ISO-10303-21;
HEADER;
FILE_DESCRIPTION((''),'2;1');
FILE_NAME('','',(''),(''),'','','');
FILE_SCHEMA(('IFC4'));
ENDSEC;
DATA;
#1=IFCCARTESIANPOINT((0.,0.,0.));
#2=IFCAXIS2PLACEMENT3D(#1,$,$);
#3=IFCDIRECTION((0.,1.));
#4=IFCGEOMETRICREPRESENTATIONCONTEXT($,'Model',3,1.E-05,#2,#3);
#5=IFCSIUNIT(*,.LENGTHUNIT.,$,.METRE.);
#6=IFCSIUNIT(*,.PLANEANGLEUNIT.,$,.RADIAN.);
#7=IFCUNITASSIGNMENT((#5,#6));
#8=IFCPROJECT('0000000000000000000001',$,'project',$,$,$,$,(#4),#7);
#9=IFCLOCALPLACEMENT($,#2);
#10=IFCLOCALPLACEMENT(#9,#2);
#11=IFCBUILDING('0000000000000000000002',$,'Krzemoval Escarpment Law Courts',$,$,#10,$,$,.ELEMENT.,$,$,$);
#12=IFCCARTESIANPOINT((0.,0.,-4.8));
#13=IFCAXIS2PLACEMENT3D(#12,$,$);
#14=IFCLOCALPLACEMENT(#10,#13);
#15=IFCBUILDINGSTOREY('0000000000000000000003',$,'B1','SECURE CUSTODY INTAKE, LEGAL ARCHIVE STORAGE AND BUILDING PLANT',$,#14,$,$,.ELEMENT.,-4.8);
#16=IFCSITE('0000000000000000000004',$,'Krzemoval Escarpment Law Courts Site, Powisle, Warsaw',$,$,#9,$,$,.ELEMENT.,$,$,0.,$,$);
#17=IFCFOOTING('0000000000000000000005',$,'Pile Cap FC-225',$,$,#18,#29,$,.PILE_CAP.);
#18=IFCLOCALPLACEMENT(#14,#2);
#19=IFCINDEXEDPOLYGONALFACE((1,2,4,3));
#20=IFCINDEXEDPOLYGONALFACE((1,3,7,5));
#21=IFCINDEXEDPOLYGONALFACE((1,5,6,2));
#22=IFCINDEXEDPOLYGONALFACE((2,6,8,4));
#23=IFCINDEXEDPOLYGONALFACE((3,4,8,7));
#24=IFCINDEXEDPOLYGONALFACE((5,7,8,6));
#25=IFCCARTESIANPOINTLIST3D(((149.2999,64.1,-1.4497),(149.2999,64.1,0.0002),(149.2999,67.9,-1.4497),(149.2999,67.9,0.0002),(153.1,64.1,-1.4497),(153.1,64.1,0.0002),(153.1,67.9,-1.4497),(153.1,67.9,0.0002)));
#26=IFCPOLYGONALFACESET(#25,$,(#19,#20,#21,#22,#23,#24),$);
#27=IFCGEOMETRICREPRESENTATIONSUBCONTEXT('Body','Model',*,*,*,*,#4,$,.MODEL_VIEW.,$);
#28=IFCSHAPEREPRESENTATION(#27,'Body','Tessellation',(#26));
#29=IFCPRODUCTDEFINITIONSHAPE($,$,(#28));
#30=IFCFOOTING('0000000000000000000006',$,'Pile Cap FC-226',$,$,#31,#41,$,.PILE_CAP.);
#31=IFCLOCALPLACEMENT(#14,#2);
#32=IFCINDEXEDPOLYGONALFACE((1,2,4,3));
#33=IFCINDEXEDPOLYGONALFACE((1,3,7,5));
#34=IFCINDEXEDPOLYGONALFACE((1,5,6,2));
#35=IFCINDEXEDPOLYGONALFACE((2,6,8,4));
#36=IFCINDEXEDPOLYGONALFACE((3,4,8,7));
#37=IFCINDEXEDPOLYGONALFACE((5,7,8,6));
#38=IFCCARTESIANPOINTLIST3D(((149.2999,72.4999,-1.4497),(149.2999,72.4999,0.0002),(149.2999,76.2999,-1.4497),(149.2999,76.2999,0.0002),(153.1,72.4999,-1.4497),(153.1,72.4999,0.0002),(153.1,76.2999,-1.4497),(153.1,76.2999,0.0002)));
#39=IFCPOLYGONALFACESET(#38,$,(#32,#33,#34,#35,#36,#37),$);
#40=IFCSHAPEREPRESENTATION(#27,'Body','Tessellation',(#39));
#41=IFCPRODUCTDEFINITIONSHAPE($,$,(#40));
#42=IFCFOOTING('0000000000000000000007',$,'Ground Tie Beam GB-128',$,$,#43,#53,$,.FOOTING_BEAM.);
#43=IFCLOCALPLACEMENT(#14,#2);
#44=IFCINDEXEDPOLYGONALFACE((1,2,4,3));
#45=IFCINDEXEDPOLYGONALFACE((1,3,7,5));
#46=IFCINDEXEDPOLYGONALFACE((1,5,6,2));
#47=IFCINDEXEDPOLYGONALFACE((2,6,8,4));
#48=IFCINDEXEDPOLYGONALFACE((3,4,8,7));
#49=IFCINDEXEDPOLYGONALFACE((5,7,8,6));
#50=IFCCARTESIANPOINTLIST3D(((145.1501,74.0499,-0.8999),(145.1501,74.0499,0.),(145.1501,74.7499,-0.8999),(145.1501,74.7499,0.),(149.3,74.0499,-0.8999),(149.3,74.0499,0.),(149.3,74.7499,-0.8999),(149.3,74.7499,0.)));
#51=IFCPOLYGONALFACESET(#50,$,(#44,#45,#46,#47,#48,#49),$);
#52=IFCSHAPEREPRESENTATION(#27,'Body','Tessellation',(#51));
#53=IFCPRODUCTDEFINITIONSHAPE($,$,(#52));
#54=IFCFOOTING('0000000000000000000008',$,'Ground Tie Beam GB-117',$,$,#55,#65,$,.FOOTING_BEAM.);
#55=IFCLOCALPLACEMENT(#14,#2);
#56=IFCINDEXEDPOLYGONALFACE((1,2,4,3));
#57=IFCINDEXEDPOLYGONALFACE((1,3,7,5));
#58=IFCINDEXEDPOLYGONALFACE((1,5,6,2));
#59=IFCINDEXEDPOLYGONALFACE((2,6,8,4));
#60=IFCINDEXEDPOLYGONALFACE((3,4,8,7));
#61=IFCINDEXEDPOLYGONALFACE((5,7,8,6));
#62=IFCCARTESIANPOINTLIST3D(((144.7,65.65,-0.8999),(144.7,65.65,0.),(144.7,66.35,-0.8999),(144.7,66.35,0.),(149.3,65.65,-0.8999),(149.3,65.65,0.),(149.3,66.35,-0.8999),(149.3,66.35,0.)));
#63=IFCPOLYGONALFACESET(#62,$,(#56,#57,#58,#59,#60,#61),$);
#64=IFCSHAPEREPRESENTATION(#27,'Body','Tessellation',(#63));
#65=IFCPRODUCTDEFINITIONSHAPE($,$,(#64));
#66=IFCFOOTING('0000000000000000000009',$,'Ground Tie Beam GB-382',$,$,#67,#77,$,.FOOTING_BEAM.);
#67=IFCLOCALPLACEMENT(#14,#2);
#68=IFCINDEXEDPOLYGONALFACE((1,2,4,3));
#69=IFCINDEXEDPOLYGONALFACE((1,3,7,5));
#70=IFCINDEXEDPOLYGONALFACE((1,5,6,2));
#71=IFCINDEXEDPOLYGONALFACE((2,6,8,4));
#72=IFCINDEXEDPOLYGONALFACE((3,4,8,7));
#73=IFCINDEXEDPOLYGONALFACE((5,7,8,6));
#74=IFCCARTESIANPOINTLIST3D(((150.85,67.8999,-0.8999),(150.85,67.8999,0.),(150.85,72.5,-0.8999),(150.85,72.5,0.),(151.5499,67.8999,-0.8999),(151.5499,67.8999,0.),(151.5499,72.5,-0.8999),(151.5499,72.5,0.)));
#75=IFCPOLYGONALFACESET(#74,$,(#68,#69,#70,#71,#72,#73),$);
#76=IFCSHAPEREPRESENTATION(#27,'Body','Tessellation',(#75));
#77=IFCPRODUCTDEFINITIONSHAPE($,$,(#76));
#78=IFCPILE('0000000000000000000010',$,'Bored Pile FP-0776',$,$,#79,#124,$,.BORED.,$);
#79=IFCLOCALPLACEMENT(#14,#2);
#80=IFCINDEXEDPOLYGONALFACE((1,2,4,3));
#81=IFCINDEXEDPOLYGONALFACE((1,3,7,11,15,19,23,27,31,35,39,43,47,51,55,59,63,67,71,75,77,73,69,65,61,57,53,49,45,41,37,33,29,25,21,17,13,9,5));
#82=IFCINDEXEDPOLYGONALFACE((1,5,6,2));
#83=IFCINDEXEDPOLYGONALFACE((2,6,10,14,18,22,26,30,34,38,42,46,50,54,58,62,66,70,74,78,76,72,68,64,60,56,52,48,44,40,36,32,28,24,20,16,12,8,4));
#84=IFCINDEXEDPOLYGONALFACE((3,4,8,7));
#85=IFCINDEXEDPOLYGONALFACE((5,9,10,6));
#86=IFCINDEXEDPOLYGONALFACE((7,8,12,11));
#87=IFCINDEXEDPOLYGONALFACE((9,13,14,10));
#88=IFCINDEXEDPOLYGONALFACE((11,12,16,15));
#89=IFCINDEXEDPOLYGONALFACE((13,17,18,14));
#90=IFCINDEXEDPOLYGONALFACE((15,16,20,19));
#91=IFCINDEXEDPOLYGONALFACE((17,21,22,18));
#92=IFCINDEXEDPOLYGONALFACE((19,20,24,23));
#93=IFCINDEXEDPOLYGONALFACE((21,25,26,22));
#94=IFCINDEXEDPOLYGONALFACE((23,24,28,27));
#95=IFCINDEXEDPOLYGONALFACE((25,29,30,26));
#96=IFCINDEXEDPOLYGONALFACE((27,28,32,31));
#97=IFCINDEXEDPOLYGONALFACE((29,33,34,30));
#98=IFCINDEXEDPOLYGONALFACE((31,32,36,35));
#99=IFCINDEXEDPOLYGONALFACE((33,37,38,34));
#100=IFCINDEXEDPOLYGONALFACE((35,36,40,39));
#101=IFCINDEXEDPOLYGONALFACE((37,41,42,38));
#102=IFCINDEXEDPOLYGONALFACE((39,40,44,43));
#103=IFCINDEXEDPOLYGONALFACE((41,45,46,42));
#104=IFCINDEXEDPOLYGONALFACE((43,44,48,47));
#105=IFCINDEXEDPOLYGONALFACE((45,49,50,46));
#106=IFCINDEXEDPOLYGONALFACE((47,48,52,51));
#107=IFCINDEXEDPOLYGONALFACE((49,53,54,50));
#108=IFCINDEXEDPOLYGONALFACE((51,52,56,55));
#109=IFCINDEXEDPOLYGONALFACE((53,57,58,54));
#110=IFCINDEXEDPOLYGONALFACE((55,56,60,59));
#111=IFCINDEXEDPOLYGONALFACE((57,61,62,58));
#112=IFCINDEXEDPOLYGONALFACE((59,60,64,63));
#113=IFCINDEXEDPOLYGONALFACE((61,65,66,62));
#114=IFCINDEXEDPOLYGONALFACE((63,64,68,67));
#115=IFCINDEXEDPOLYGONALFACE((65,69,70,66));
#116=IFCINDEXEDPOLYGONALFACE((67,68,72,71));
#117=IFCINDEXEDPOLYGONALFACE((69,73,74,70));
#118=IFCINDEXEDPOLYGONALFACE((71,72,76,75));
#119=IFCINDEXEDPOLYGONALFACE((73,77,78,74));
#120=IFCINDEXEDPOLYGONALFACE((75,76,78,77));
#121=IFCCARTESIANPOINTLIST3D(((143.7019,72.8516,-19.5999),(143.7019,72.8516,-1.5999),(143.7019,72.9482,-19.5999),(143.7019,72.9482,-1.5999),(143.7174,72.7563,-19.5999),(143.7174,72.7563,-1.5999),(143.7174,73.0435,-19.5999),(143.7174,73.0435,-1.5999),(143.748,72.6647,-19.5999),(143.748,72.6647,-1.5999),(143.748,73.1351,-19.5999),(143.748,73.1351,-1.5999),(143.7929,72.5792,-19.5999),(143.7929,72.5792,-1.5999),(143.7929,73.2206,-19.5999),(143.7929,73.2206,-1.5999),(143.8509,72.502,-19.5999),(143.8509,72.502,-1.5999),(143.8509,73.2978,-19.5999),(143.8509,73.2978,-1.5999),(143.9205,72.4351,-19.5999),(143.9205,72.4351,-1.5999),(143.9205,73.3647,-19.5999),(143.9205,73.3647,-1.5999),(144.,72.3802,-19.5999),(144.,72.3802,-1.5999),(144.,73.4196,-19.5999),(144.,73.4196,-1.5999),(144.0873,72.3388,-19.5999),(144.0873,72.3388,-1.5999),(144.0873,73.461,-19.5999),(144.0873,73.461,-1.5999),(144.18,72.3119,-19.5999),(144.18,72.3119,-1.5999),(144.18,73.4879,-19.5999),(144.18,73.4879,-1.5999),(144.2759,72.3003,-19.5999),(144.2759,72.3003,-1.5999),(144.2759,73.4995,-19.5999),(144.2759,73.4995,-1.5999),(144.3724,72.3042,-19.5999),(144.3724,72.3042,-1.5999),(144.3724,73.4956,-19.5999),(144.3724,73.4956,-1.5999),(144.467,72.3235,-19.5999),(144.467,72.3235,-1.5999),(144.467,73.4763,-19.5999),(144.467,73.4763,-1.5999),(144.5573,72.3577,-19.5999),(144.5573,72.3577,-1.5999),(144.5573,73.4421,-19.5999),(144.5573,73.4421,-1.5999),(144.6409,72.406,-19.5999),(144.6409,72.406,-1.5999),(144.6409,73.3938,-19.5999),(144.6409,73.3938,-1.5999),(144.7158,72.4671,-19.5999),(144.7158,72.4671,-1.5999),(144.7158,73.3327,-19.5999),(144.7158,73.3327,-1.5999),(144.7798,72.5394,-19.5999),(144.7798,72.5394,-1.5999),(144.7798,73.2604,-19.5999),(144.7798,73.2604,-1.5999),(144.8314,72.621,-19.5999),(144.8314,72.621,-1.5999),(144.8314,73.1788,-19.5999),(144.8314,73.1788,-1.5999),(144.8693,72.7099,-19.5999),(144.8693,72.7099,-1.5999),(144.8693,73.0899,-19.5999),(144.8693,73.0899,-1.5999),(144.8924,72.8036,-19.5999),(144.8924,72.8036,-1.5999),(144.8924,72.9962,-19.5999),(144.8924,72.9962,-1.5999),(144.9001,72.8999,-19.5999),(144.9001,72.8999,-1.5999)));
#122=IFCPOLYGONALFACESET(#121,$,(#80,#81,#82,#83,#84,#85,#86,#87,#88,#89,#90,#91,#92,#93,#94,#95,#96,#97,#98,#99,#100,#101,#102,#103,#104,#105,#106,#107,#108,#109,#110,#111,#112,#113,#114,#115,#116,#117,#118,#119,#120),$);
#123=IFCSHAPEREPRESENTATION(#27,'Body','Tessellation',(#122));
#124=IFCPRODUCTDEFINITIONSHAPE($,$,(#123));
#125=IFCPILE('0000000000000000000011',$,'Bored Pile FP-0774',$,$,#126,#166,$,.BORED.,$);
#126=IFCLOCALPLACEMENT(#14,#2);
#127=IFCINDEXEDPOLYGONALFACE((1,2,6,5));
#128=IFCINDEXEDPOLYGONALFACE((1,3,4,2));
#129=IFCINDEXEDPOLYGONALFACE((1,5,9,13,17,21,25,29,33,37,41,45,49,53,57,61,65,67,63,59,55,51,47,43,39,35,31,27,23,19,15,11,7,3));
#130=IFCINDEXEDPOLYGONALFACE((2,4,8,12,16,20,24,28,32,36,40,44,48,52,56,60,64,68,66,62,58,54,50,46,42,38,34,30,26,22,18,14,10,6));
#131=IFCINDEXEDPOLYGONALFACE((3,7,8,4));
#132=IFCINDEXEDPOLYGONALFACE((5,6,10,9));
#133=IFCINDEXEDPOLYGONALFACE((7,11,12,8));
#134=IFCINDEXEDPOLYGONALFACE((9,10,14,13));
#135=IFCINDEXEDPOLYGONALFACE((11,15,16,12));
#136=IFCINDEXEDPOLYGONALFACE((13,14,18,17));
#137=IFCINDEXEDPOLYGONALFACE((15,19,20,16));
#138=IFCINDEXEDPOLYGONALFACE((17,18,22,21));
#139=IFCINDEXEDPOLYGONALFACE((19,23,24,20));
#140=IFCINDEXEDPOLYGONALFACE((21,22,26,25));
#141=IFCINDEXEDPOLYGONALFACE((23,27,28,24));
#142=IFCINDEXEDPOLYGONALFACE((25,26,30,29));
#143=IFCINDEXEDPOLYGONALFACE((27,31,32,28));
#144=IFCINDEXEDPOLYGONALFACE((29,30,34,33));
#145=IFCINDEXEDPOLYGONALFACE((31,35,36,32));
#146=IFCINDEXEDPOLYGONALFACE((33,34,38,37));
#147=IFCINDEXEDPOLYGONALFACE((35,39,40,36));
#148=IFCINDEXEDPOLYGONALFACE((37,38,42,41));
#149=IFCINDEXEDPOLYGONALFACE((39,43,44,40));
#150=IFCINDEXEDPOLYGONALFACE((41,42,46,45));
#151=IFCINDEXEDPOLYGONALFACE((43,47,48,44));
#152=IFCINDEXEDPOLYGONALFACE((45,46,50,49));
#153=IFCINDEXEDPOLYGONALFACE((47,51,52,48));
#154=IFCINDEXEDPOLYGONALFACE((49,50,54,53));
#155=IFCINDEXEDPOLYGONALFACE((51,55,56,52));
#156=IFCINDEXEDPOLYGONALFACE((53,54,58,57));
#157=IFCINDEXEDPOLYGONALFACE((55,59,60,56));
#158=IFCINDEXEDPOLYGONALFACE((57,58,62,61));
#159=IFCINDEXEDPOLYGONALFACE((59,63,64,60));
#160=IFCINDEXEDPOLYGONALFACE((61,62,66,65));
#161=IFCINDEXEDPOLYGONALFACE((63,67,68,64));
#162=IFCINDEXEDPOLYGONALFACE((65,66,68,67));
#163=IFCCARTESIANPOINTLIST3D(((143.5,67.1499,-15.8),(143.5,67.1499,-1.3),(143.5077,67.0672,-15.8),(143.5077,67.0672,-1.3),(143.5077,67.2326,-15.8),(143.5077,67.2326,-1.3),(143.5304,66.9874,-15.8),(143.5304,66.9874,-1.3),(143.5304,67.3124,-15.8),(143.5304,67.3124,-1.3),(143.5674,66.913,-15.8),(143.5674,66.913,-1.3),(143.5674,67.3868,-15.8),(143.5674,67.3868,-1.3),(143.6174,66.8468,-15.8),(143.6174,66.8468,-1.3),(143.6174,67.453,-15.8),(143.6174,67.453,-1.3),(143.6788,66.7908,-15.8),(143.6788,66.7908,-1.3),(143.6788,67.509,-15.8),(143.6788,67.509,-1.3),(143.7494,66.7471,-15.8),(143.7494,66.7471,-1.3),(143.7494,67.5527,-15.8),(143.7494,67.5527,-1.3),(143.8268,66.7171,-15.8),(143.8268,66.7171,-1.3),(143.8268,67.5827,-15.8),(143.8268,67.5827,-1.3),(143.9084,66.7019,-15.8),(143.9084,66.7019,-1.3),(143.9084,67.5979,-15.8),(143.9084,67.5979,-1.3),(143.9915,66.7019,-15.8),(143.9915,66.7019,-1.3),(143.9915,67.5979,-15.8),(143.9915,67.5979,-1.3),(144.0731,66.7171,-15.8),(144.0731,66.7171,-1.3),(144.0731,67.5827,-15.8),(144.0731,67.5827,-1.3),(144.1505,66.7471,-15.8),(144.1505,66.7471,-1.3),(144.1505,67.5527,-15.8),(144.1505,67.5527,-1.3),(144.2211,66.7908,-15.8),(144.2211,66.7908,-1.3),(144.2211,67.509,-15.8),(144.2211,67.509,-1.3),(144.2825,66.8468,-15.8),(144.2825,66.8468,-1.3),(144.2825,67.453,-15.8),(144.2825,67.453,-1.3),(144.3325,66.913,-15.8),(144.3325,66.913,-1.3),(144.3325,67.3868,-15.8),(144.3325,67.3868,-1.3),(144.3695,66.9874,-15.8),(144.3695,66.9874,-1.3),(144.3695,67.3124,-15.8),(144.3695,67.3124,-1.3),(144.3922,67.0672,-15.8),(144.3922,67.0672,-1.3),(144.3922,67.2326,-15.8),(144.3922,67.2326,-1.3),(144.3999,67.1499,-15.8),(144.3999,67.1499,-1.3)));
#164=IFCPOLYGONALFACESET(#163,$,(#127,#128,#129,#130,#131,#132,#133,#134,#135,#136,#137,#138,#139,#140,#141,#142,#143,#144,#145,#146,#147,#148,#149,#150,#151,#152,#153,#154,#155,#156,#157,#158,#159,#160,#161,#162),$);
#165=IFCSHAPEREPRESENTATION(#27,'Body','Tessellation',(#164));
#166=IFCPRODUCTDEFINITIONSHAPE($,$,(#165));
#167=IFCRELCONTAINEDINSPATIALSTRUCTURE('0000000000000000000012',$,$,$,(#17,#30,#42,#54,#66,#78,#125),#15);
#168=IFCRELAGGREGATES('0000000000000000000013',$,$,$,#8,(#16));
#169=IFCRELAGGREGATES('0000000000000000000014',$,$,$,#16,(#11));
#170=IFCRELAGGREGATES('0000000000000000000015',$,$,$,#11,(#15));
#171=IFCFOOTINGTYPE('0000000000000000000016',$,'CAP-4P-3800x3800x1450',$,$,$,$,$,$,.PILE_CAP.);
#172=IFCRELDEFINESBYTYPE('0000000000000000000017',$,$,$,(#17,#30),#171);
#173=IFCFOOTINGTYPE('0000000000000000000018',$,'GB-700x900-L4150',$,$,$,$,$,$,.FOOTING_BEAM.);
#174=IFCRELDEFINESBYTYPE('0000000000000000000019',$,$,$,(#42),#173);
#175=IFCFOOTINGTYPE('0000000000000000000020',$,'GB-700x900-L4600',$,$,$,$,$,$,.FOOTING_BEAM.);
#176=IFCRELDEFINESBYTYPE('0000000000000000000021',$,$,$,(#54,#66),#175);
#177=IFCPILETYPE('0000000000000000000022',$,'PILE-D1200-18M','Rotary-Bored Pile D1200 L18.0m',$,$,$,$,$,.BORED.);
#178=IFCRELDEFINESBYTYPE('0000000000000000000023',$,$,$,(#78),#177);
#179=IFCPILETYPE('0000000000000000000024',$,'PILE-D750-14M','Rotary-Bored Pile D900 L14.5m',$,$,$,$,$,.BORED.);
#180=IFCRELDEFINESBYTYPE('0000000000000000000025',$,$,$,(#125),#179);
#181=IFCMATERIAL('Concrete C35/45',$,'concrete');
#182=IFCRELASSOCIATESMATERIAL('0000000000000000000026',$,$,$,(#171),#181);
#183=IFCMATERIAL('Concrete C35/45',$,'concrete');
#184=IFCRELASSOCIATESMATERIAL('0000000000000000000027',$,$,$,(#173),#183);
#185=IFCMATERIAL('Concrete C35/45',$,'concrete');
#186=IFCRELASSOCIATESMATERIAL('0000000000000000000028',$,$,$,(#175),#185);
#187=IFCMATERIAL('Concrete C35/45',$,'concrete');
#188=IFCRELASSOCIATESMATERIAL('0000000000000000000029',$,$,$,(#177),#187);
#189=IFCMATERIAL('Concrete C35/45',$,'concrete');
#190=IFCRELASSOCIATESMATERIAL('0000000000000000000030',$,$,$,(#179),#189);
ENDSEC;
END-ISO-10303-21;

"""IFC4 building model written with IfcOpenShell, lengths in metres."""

from ifc_helpers import new_model, si_unit, direction, frame, origin, origin_2d, place, context, subcontext, project, spatial, rectangle, circle, extrude, material, material_profile, profile_set, type_object, element, save


model = new_model("IFC4")

# Units and contexts
model_context = context("Model", 3, precision=1e-05, world=origin(), true_north=direction((0.0, 1.0)))
body_context = subcontext(model_context, "Body", "Model", "MODEL_VIEW")
ifc_project = project(units=[si_unit("LENGTHUNIT", "METRE"), si_unit("PLANEANGLEUNIT", "RADIAN")], contexts=[model_context])

# Site, building, storey
site_placement = place(None, origin())
site = spatial("IfcSite", under=ifc_project, at=site_placement, Name="Krzemoval Escarpment Law Courts Site, Powisle, Warsaw", CompositionType="ELEMENT", RefElevation=0.0)
building_placement = place(site_placement, origin())
building = spatial("IfcBuilding", under=site, at=building_placement, Name="Krzemoval Escarpment Law Courts", CompositionType="ELEMENT")
storey_placement = place(building_placement, frame((0.0, 0.0, -4.8)))
storey = spatial("IfcBuildingStorey", under=building, at=storey_placement, Name="B1", Description="SECURE CUSTODY INTAKE, LEGAL ARCHIVE STORAGE AND BUILDING PLANT", CompositionType="ELEMENT", Elevation=-4.8)

# Footings
ifc_material_1 = material(Name="Concrete C35/45", Category="concrete")
footing_type_1 = type_object("IfcFootingType", Name="CAP-4P-3800x3800x1450", PredefinedType="PILE_CAP", material=ifc_material_1)
for number, where, z_axis, x_axis, name in (
    (1, (151.2, 66.0, -1.4497), (0.0, 0.0, 1.0), (1.0, 0.0, 0.0), "Pile Cap FC-225"),
    (2, (151.2, 74.3999, -1.4497), (0.0, 0.0, 1.0), (1.0, 0.0, 0.0), "Pile Cap FC-226"),
):
    element("IfcFooting", number, at=place(storey_placement, frame(where, z_axis=z_axis, x_axis=x_axis)), inside=storey, type_object=footing_type_1, Name=name, PredefinedType="PILE_CAP", context=body_context, shape_type="SweptSolid", body=[
        extrude(rectangle(XDim=3.8, YDim=3.8, at=origin_2d()), origin(), (0.0, 0.0, 1.0), 1.45),
    ])
ifc_material_2 = material(Name="Concrete C35/45", Category="concrete")
footing_type_2 = type_object("IfcFootingType", Name="GB-700x900-L4150", PredefinedType="FOOTING_BEAM", material=ifc_material_2)
footing_placement = place(storey_placement, frame((147.2251, 74.3999, -0.8999), z_axis=(0.0, 0.0, 1.0), x_axis=(1.0, 0.0, 0.0)))
element("IfcFooting", 3, at=footing_placement, inside=storey, type_object=footing_type_2, Name="Ground Tie Beam GB-128", PredefinedType="FOOTING_BEAM", context=body_context, shape_type="SweptSolid", body=[
    extrude(rectangle(XDim=4.1499, YDim=0.7, at=origin_2d()), origin(), (0.0, 0.0, 1.0), 0.8999),
])
ifc_material_3 = material(Name="Concrete C35/45", Category="concrete")
footing_type_3 = type_object("IfcFootingType", Name="GB-700x900-L4600", PredefinedType="FOOTING_BEAM", material=ifc_material_3)
for number, where, z_axis, x_axis, name in (
    (4, (147.0, 66.0, -0.8999), (0.0, 0.0, 1.0), (1.0, 0.0, 0.0), "Ground Tie Beam GB-117"),
    (5, (151.2, 70.2, -0.8999), (0.0, 0.0, 1.0), (0.0, 1.0, 0.0), "Ground Tie Beam GB-382"),
):
    element("IfcFooting", number, at=place(storey_placement, frame(where, z_axis=z_axis, x_axis=x_axis)), inside=storey, type_object=footing_type_3, Name=name, PredefinedType="FOOTING_BEAM", context=body_context, shape_type="SweptSolid", body=[
        extrude(rectangle(XDim=4.6001, YDim=0.7, at=origin_2d()), origin(), (0.0, 0.0, 1.0), 0.8999),
    ])

# Piles
ifc_material_4 = material(Name="Concrete C35/45", Category="concrete")
ifc_material_profile_1 = material_profile(ifc_material_4, circle(Radius=0.6001, at=origin_2d()), Name="PILE D1200")
ifc_profile_set_1 = profile_set([ifc_material_profile_1], Name="Concrete C35/45")
pile_type_1 = type_object("IfcPileType", Name="PILE-D1200-18M", Description="Rotary-Bored Pile D1200 L18.0m", PredefinedType="BORED", material=ifc_profile_set_1)
pile_placement = place(storey_placement, frame((144.3, 72.8999, -1.5999), z_axis=(0.0, 0.0, -1.0), x_axis=(1.0, 0.0, 0.0)))
element("IfcPile", 6, at=pile_placement, inside=storey, type_object=pile_type_1, Name="Bored Pile FP-0776", PredefinedType="BORED", context=body_context, shape_type="SweptSolid", body=[
    extrude(circle(Radius=0.6001, at=origin_2d()), origin(), (0.0, 0.0, 1.0), 18.0),
])
ifc_material_5 = material(Name="Concrete C35/45", Category="concrete")
ifc_material_profile_2 = material_profile(ifc_material_5, circle(Radius=0.45, at=origin_2d()), Name="PILE D900")
ifc_profile_set_2 = profile_set([ifc_material_profile_2], Name="Concrete C35/45")
pile_type_2 = type_object("IfcPileType", Name="PILE-D750-14M", Description="Rotary-Bored Pile D900 L14.5m", PredefinedType="BORED", material=ifc_profile_set_2)
for number, where, z_axis, x_axis, name in (
    (7, (143.95, 67.1499, -1.3), (0.0, 0.0, -1.0), (1.0, 0.0, 0.0), "Bored Pile FP-0774"),
):
    element("IfcPile", number, at=place(storey_placement, frame(where, z_axis=z_axis, x_axis=x_axis)), inside=storey, type_object=pile_type_2, Name=name, PredefinedType="BORED", context=body_context, shape_type="SweptSolid", body=[
        extrude(circle(Radius=0.45, at=origin_2d()), origin(), (0.0, 0.0, 1.0), 14.5),
    ])

save(model, "model.ifc")
